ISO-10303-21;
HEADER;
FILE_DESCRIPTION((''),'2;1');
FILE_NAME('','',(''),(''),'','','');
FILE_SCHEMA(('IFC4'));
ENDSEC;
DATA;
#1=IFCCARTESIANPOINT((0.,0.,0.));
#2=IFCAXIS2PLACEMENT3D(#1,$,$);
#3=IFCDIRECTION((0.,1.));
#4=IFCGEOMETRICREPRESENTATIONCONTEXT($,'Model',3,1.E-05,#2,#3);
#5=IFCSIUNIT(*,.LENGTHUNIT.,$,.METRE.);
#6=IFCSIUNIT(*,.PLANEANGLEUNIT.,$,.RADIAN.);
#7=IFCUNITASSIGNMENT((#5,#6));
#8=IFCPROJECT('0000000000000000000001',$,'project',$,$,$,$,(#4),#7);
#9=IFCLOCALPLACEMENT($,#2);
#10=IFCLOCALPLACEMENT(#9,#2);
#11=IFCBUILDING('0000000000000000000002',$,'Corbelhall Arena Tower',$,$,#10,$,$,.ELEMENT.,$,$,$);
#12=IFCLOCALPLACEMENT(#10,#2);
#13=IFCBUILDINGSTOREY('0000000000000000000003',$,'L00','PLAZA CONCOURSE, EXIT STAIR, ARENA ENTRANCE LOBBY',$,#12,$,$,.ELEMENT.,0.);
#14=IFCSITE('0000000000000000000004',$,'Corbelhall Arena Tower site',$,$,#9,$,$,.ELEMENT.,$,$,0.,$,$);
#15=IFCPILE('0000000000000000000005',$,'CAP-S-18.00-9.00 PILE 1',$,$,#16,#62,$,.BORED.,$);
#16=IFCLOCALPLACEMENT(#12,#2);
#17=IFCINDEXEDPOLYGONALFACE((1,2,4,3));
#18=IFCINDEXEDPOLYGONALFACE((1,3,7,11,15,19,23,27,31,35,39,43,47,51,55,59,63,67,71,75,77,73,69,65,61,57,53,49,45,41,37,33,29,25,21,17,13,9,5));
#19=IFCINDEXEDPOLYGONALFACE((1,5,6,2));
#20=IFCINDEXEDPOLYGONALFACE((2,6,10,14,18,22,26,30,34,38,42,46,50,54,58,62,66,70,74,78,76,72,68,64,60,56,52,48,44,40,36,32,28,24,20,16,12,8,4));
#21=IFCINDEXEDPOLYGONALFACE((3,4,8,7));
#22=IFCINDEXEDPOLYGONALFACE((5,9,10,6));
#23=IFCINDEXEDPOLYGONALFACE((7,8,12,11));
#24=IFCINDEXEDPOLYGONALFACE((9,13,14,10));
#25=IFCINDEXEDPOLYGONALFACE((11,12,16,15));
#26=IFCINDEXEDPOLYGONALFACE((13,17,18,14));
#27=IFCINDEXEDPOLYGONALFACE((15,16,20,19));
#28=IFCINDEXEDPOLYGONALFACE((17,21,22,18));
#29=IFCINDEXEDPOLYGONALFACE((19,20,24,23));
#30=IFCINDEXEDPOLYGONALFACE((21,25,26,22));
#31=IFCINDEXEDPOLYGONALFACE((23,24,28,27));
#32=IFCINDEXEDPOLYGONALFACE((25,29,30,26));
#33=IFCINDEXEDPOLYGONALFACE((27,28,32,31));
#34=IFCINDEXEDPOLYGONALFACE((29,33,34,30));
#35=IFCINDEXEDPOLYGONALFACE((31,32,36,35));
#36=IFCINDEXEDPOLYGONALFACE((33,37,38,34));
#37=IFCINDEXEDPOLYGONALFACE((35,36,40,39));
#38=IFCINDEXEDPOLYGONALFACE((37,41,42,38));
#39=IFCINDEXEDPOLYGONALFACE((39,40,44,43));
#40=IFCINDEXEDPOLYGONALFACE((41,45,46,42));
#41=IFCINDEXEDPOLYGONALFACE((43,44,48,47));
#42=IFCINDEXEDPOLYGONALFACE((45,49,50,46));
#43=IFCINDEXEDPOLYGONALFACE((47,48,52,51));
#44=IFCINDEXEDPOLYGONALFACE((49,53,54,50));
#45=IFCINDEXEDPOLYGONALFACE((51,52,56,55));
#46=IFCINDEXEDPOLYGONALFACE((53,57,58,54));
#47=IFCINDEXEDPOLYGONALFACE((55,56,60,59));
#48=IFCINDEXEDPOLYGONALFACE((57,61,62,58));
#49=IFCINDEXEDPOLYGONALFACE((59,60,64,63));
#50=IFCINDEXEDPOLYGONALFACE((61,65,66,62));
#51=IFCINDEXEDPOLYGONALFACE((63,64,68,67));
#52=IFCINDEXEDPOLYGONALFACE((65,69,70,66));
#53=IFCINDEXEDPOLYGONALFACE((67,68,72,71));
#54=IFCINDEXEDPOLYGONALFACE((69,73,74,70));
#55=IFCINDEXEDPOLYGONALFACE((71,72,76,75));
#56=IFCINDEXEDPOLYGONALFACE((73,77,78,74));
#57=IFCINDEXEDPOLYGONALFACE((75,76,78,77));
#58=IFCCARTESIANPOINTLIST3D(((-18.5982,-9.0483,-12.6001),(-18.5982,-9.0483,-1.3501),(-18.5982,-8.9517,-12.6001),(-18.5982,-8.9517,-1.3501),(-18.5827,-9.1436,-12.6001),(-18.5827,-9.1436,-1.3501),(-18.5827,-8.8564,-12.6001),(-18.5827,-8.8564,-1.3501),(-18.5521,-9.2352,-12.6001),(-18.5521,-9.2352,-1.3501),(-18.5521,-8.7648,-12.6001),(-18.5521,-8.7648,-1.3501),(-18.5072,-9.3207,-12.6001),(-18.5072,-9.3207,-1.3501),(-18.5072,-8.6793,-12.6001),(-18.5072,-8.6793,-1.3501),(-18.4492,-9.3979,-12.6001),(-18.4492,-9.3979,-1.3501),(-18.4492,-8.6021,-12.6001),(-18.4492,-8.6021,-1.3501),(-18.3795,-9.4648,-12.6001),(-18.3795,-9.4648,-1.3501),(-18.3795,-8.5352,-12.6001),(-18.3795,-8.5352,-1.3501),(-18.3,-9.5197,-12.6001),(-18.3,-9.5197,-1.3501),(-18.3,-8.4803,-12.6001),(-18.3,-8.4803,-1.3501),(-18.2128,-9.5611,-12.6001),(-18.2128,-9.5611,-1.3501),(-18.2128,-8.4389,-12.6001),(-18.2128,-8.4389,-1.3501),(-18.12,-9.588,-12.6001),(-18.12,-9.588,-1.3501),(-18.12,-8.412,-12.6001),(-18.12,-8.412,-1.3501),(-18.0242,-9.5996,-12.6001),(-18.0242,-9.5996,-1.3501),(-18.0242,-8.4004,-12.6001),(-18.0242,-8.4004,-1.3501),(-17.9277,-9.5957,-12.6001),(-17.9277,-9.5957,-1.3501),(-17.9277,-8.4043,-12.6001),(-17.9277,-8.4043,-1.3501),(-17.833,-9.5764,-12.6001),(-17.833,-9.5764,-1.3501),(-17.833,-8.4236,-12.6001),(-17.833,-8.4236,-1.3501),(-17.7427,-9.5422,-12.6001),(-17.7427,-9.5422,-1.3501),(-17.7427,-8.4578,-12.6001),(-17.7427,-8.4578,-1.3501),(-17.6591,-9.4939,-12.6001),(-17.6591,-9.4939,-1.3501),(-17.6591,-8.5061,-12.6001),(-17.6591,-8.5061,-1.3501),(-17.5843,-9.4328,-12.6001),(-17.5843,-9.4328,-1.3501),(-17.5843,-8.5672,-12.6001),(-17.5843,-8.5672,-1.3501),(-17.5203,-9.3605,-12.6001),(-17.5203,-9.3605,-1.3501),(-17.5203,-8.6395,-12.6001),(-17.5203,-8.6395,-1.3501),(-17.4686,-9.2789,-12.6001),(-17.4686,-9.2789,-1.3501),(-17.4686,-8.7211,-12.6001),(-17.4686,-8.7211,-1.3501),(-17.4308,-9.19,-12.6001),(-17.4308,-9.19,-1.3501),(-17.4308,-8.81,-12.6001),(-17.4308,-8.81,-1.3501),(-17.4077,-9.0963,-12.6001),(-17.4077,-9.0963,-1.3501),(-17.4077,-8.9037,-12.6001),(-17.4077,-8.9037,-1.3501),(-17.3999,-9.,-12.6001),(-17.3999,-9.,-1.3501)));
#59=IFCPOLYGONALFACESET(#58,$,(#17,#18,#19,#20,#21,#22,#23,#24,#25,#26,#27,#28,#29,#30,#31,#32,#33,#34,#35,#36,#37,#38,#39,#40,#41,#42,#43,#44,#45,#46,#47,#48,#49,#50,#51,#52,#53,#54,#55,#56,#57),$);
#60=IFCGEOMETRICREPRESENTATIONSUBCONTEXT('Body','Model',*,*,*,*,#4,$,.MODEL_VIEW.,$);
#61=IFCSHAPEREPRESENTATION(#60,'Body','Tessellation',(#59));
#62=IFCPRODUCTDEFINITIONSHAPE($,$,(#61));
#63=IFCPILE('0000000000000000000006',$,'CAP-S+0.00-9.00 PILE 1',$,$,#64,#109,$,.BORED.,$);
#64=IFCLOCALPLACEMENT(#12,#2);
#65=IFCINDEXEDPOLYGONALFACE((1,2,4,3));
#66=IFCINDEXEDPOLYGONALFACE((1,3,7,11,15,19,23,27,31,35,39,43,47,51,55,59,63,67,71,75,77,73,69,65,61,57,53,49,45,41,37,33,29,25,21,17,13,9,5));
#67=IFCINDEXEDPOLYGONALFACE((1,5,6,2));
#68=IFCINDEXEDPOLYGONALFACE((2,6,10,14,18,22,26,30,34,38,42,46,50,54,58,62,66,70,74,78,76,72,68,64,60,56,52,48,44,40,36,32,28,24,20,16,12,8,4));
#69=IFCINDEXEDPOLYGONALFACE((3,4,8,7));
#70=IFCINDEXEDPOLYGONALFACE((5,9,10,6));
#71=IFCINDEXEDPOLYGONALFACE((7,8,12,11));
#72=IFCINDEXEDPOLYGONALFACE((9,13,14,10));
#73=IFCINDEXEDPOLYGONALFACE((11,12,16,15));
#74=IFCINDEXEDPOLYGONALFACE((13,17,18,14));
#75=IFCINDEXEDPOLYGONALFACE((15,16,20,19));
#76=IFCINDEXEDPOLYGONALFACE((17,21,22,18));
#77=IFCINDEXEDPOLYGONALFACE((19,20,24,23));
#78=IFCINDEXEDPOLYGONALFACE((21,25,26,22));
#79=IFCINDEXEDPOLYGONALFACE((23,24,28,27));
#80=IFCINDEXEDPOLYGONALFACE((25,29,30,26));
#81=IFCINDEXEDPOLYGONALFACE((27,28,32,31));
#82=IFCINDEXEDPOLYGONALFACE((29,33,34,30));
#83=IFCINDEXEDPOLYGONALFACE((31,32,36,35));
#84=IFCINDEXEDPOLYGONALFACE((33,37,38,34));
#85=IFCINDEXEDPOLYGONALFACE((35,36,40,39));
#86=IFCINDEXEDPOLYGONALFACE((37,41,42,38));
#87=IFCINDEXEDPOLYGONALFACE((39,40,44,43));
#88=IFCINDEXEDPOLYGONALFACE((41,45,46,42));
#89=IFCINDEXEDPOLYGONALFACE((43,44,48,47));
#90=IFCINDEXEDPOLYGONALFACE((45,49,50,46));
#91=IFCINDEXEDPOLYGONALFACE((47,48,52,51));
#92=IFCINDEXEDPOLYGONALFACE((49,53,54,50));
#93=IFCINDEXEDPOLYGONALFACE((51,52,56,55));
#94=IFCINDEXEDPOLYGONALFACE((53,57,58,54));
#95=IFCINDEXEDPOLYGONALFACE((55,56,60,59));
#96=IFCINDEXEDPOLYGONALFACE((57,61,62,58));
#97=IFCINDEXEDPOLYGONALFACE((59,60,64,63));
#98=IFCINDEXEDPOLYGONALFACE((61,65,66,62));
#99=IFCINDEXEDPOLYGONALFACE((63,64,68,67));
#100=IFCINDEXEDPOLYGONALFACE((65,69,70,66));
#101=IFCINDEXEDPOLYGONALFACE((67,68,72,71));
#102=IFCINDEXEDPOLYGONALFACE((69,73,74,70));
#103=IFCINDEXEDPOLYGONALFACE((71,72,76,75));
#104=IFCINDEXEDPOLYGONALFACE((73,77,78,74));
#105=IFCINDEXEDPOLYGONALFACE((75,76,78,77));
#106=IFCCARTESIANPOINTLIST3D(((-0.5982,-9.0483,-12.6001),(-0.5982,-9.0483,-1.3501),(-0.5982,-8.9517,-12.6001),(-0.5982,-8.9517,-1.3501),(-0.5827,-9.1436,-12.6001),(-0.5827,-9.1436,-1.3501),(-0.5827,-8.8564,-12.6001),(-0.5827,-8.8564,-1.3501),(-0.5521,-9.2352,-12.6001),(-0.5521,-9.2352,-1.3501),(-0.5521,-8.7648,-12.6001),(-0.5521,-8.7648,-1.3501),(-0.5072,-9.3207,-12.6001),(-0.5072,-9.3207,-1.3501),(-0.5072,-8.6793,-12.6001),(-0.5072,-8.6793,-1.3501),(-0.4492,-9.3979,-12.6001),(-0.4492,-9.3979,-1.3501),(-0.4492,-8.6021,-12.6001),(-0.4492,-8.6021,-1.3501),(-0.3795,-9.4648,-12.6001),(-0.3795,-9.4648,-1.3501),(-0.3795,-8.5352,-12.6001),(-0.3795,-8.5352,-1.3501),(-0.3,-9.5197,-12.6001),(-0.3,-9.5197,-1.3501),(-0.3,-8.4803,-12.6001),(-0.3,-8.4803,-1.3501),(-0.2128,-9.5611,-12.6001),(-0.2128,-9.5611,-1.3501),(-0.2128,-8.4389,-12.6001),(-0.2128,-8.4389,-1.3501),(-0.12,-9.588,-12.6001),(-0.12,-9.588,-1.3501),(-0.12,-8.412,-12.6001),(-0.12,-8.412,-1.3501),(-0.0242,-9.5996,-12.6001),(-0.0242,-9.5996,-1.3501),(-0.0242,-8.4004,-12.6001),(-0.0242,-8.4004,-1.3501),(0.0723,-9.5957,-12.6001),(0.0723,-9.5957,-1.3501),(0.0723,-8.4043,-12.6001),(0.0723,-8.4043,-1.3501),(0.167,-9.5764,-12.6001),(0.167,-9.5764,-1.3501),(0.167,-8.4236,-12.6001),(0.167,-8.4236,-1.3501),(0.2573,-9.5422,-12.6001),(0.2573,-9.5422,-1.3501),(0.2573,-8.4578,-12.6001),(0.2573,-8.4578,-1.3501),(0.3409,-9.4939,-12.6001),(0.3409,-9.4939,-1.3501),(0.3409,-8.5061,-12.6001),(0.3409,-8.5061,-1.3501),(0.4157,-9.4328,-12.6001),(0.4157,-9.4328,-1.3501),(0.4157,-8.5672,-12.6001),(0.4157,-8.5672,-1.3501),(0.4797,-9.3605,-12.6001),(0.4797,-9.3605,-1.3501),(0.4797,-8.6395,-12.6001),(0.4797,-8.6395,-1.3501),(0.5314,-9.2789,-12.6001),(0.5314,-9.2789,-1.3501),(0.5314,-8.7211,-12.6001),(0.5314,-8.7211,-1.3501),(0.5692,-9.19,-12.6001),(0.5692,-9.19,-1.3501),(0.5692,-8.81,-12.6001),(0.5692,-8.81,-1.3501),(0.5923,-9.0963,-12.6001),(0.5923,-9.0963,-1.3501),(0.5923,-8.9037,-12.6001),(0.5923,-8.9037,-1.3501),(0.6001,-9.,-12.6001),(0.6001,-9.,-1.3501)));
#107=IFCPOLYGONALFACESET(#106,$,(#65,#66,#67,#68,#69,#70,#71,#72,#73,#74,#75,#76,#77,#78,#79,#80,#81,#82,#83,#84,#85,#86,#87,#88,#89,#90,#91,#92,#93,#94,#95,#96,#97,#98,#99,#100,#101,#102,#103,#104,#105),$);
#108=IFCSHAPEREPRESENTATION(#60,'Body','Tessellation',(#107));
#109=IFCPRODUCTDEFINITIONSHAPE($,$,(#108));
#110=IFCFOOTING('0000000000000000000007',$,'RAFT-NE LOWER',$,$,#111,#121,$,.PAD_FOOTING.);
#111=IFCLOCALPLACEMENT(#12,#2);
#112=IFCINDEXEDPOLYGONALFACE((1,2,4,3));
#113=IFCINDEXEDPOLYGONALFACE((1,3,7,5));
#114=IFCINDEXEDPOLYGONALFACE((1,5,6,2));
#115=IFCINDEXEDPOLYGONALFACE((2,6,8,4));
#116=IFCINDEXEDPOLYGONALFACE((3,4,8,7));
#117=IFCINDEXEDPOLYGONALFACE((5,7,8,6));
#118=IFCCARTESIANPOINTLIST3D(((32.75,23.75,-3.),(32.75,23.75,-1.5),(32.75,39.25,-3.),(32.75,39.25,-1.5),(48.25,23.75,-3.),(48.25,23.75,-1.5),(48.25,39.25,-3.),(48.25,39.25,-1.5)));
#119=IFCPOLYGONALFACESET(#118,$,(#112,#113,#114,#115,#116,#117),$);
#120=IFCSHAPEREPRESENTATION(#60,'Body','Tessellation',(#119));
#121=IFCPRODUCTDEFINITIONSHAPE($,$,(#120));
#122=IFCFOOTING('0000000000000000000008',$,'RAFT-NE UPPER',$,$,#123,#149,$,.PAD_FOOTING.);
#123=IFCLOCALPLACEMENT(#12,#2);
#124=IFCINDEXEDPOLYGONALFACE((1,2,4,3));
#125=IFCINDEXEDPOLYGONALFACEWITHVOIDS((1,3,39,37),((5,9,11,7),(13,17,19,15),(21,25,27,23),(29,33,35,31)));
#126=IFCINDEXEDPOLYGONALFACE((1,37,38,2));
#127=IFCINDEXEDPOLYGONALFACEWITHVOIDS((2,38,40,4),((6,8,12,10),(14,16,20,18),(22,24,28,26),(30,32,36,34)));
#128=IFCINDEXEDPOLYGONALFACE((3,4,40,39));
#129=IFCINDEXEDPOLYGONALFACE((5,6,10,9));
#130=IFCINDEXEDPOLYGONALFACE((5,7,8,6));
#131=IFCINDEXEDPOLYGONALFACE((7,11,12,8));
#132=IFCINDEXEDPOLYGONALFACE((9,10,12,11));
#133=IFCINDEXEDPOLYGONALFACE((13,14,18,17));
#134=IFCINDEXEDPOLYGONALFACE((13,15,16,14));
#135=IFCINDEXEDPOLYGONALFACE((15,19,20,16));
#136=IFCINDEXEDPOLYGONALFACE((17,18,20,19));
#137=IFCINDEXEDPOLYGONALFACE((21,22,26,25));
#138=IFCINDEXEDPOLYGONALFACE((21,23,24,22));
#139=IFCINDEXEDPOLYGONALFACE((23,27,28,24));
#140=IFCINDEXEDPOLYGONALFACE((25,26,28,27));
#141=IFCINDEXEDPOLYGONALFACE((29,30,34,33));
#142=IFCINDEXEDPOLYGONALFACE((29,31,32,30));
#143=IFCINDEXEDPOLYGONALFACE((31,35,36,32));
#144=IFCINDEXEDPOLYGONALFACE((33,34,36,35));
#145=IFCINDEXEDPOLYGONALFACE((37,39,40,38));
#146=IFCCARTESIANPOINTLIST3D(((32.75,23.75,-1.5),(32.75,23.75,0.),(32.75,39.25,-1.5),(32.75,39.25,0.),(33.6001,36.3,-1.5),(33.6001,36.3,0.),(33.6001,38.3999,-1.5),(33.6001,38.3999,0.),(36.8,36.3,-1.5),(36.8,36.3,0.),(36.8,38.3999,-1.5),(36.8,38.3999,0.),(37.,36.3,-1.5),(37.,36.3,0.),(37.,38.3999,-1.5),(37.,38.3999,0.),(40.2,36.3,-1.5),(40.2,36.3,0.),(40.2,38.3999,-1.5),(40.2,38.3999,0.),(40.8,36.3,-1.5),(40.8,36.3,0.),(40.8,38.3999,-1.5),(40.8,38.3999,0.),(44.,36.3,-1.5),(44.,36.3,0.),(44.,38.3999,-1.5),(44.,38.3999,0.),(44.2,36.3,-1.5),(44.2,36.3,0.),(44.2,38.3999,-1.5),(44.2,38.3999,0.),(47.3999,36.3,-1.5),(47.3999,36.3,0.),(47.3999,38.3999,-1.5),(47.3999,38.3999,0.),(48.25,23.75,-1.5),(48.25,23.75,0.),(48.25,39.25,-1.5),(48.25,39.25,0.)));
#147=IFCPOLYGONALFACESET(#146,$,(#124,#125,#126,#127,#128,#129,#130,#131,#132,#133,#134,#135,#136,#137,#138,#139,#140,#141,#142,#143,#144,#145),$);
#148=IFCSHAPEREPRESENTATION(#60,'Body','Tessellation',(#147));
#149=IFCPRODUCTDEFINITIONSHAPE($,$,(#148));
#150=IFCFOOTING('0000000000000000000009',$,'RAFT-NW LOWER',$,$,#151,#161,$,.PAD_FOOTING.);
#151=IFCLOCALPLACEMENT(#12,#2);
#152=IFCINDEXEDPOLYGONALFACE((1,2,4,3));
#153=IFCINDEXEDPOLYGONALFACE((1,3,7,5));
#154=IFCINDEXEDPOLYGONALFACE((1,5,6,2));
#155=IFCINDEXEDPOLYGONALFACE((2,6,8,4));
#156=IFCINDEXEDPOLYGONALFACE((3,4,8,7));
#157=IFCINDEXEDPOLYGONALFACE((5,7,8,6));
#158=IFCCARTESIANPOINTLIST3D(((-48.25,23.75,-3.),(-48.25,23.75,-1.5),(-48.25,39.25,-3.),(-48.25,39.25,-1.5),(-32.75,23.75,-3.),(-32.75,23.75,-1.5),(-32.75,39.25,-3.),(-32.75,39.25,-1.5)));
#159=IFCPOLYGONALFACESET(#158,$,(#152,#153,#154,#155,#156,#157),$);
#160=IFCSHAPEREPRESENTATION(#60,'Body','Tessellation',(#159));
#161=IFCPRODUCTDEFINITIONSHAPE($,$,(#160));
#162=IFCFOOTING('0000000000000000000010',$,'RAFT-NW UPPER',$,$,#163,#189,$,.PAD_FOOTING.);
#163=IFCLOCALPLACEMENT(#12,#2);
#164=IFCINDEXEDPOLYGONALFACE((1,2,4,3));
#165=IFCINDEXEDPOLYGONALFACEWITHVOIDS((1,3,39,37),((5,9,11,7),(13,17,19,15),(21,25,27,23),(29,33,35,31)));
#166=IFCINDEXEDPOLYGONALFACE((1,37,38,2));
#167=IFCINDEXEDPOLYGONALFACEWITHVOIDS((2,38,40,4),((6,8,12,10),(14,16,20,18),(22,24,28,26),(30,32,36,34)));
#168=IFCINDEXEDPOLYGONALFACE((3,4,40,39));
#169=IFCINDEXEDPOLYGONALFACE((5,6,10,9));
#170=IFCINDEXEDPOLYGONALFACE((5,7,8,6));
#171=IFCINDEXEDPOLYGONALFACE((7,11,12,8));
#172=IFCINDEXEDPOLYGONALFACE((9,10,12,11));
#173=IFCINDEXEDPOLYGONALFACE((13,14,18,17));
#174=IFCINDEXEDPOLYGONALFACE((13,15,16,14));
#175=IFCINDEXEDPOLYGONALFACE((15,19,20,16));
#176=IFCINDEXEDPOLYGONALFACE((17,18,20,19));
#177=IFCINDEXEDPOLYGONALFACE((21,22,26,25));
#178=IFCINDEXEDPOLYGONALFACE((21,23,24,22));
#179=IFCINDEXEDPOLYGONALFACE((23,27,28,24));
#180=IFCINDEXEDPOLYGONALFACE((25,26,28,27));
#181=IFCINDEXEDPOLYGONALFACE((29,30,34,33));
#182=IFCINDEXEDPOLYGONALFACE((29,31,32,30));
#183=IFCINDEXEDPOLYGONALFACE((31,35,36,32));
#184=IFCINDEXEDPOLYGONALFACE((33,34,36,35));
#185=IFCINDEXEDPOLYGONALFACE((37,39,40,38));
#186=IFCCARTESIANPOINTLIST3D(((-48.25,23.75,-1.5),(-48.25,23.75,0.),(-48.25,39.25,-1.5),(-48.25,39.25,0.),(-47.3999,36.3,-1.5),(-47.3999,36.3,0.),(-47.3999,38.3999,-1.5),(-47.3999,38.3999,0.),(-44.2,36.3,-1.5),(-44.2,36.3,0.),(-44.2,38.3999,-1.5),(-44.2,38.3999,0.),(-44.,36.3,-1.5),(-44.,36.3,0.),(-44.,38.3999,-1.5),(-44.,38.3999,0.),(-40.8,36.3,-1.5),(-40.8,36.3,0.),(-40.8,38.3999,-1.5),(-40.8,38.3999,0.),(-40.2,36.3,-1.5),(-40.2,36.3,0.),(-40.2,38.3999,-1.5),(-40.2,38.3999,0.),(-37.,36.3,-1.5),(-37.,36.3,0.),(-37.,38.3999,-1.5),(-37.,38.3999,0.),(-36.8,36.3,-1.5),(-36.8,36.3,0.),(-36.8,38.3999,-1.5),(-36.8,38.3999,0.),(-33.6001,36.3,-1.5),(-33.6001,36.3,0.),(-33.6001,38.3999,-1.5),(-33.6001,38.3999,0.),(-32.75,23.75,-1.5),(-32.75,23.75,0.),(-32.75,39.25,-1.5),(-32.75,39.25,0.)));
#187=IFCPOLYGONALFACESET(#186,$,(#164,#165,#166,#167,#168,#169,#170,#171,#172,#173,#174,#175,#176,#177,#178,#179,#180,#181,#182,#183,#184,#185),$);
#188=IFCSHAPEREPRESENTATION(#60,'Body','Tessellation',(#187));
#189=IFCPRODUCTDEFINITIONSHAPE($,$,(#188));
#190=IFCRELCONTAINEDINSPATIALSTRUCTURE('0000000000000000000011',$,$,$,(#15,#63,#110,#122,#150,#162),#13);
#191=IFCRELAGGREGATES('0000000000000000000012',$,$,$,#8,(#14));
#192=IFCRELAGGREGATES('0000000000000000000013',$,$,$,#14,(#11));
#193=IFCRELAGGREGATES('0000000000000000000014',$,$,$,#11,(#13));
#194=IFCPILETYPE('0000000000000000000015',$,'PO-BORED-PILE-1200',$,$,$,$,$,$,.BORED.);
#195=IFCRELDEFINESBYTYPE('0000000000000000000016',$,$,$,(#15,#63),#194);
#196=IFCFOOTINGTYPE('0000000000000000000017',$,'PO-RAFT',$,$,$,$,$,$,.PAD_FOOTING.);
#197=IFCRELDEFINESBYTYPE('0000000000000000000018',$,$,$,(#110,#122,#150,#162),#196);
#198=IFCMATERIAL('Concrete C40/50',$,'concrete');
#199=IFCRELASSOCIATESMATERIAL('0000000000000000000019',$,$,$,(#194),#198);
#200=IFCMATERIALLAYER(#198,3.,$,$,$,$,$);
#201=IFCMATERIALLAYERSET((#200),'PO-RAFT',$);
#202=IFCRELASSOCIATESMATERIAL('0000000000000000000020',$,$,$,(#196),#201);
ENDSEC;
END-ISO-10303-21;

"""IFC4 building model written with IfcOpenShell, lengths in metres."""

from ifc_helpers import new_model, si_unit, direction, frame, origin, origin_2d, place, context, subcontext, project, spatial, polyline, circle, outline, extrude, material, layer, layer_set, material_profile, profile_set, type_object, element, save


model = new_model("IFC4")

# Units and contexts
model_context = context("Model", 3, precision=1e-05, world=origin(), true_north=direction((0.0, 1.0)))
body_context = subcontext(model_context, "Body", "Model", "MODEL_VIEW")
ifc_project = project(units=[si_unit("LENGTHUNIT", "METRE"), si_unit("PLANEANGLEUNIT", "RADIAN")], contexts=[model_context])

# Site, building, storey
site_placement = place(None, origin())
site = spatial("IfcSite", under=ifc_project, at=site_placement, Name="Corbelhall Arena Tower site", CompositionType="ELEMENT", RefElevation=0.0)
building_placement = place(site_placement, origin())
building = spatial("IfcBuilding", under=site, at=building_placement, Name="Corbelhall Arena Tower", CompositionType="ELEMENT")
storey_placement = place(building_placement, origin())
storey = spatial("IfcBuildingStorey", under=building, at=storey_placement, Name="L00", Description="PLAZA CONCOURSE, EXIT STAIR, ARENA ENTRANCE LOBBY", CompositionType="ELEMENT", Elevation=0.0)

# Piles
ifc_material_1 = material(Name="Concrete C40/50", Category="concrete")
ifc_material_profile_1 = material_profile(ifc_material_1, circle(Radius=0.6001, at=origin_2d()))
ifc_profile_set_1 = profile_set([ifc_material_profile_1], Name="Concrete C40/50")
pile_type = type_object("IfcPileType", Name="PO-BORED-PILE-1200", PredefinedType="BORED", material=ifc_profile_set_1)
for number, where, z_axis, x_axis, name in (
    (1, (-18.0, -9.0, -1.3501), (0.0, 0.0, -1.0), (1.0, 0.0, 0.0), "CAP-S-18.00-9.00 PILE 1"),
    (2, (0.0, -9.0, -1.3501), (0.0, 0.0, -1.0), (1.0, 0.0, 0.0), "CAP-S+0.00-9.00 PILE 1"),
):
    element("IfcPile", number, at=place(storey_placement, frame(where, z_axis=z_axis, x_axis=x_axis)), inside=storey, type_object=pile_type, Name=name, PredefinedType="BORED", context=body_context, shape_type="SweptSolid", body=[
        extrude(circle(Radius=0.6001, at=origin_2d()), origin(), (0.0, 0.0, 1.0), 11.25),
    ])

# Footings
ifc_layer_1 = layer(ifc_material_1, 3.0)
ifc_layer_set_1 = layer_set([ifc_layer_1], Name="PO-RAFT")
footing_type = type_object("IfcFootingType", Name="PO-RAFT", PredefinedType="PAD_FOOTING", material=ifc_layer_set_1)
footing_1_placement = place(storey_placement, frame((0.0, 0.0, -3.0)))
element("IfcFooting", 3, at=footing_1_placement, inside=storey, type_object=footing_type, Name="RAFT-NE LOWER", PredefinedType="PAD_FOOTING", context=body_context, shape_type="SweptSolid", body=[
    extrude(outline(polyline([(32.75, 23.75), (48.25, 23.75), (48.25, 39.25), (32.75, 39.25), (32.75, 23.75)])), origin(), (0.0, 0.0, 1.0), 1.5),
])
footing_2_placement = place(storey_placement, frame((0.0, 0.0, -1.5)))
element("IfcFooting", 4, at=footing_2_placement, inside=storey, type_object=footing_type, Name="RAFT-NE UPPER", PredefinedType="PAD_FOOTING", context=body_context, shape_type="SweptSolid", body=[
    extrude(outline(polyline([(32.75, 23.75), (48.25, 23.75), (48.25, 39.25), (32.75, 39.25), (32.75, 23.75)]), holes=[polyline([(33.6001, 36.3), (36.8, 36.3), (36.8, 38.3999), (33.6001, 38.3999), (33.6001, 36.3)]), polyline([(37.0, 36.3), (40.2, 36.3), (40.2, 38.3999), (37.0, 38.3999), (37.0, 36.3)]), polyline([(40.8, 36.3), (44.0, 36.3), (44.0, 38.3999), (40.8, 38.3999), (40.8, 36.3)]), polyline([(44.2, 36.3), (47.3999, 36.3), (47.3999, 38.3999), (44.2, 38.3999), (44.2, 36.3)])]), origin(), (0.0, 0.0, 1.0), 1.5),
])
footing_3_placement = place(storey_placement, frame((0.0, 0.0, -3.0)))
element("IfcFooting", 5, at=footing_3_placement, inside=storey, type_object=footing_type, Name="RAFT-NW LOWER", PredefinedType="PAD_FOOTING", context=body_context, shape_type="SweptSolid", body=[
    extrude(outline(polyline([(-48.25, 23.75), (-32.75, 23.75), (-32.75, 39.25), (-48.25, 39.25), (-48.25, 23.75)])), origin(), (0.0, 0.0, 1.0), 1.5),
])
footing_4_placement = place(storey_placement, frame((0.0, 0.0, -1.5)))
element("IfcFooting", 6, at=footing_4_placement, inside=storey, type_object=footing_type, Name="RAFT-NW UPPER", PredefinedType="PAD_FOOTING", context=body_context, shape_type="SweptSolid", body=[
    extrude(outline(polyline([(-48.25, 23.75), (-32.75, 23.75), (-32.75, 39.25), (-48.25, 39.25), (-48.25, 23.75)]), holes=[polyline([(-40.2, 36.3), (-37.0, 36.3), (-37.0, 38.3999), (-40.2, 38.3999), (-40.2, 36.3)]), polyline([(-36.8, 36.3), (-33.6001, 36.3), (-33.6001, 38.3999), (-36.8, 38.3999), (-36.8, 36.3)]), polyline([(-47.3999, 36.3), (-44.2, 36.3), (-44.2, 38.3999), (-47.3999, 38.3999), (-47.3999, 36.3)]), polyline([(-44.0, 36.3), (-40.8, 36.3), (-40.8, 38.3999), (-44.0, 38.3999), (-44.0, 36.3)])]), origin(), (0.0, 0.0, 1.0), 1.5),
])

save(model, "model.ifc")
